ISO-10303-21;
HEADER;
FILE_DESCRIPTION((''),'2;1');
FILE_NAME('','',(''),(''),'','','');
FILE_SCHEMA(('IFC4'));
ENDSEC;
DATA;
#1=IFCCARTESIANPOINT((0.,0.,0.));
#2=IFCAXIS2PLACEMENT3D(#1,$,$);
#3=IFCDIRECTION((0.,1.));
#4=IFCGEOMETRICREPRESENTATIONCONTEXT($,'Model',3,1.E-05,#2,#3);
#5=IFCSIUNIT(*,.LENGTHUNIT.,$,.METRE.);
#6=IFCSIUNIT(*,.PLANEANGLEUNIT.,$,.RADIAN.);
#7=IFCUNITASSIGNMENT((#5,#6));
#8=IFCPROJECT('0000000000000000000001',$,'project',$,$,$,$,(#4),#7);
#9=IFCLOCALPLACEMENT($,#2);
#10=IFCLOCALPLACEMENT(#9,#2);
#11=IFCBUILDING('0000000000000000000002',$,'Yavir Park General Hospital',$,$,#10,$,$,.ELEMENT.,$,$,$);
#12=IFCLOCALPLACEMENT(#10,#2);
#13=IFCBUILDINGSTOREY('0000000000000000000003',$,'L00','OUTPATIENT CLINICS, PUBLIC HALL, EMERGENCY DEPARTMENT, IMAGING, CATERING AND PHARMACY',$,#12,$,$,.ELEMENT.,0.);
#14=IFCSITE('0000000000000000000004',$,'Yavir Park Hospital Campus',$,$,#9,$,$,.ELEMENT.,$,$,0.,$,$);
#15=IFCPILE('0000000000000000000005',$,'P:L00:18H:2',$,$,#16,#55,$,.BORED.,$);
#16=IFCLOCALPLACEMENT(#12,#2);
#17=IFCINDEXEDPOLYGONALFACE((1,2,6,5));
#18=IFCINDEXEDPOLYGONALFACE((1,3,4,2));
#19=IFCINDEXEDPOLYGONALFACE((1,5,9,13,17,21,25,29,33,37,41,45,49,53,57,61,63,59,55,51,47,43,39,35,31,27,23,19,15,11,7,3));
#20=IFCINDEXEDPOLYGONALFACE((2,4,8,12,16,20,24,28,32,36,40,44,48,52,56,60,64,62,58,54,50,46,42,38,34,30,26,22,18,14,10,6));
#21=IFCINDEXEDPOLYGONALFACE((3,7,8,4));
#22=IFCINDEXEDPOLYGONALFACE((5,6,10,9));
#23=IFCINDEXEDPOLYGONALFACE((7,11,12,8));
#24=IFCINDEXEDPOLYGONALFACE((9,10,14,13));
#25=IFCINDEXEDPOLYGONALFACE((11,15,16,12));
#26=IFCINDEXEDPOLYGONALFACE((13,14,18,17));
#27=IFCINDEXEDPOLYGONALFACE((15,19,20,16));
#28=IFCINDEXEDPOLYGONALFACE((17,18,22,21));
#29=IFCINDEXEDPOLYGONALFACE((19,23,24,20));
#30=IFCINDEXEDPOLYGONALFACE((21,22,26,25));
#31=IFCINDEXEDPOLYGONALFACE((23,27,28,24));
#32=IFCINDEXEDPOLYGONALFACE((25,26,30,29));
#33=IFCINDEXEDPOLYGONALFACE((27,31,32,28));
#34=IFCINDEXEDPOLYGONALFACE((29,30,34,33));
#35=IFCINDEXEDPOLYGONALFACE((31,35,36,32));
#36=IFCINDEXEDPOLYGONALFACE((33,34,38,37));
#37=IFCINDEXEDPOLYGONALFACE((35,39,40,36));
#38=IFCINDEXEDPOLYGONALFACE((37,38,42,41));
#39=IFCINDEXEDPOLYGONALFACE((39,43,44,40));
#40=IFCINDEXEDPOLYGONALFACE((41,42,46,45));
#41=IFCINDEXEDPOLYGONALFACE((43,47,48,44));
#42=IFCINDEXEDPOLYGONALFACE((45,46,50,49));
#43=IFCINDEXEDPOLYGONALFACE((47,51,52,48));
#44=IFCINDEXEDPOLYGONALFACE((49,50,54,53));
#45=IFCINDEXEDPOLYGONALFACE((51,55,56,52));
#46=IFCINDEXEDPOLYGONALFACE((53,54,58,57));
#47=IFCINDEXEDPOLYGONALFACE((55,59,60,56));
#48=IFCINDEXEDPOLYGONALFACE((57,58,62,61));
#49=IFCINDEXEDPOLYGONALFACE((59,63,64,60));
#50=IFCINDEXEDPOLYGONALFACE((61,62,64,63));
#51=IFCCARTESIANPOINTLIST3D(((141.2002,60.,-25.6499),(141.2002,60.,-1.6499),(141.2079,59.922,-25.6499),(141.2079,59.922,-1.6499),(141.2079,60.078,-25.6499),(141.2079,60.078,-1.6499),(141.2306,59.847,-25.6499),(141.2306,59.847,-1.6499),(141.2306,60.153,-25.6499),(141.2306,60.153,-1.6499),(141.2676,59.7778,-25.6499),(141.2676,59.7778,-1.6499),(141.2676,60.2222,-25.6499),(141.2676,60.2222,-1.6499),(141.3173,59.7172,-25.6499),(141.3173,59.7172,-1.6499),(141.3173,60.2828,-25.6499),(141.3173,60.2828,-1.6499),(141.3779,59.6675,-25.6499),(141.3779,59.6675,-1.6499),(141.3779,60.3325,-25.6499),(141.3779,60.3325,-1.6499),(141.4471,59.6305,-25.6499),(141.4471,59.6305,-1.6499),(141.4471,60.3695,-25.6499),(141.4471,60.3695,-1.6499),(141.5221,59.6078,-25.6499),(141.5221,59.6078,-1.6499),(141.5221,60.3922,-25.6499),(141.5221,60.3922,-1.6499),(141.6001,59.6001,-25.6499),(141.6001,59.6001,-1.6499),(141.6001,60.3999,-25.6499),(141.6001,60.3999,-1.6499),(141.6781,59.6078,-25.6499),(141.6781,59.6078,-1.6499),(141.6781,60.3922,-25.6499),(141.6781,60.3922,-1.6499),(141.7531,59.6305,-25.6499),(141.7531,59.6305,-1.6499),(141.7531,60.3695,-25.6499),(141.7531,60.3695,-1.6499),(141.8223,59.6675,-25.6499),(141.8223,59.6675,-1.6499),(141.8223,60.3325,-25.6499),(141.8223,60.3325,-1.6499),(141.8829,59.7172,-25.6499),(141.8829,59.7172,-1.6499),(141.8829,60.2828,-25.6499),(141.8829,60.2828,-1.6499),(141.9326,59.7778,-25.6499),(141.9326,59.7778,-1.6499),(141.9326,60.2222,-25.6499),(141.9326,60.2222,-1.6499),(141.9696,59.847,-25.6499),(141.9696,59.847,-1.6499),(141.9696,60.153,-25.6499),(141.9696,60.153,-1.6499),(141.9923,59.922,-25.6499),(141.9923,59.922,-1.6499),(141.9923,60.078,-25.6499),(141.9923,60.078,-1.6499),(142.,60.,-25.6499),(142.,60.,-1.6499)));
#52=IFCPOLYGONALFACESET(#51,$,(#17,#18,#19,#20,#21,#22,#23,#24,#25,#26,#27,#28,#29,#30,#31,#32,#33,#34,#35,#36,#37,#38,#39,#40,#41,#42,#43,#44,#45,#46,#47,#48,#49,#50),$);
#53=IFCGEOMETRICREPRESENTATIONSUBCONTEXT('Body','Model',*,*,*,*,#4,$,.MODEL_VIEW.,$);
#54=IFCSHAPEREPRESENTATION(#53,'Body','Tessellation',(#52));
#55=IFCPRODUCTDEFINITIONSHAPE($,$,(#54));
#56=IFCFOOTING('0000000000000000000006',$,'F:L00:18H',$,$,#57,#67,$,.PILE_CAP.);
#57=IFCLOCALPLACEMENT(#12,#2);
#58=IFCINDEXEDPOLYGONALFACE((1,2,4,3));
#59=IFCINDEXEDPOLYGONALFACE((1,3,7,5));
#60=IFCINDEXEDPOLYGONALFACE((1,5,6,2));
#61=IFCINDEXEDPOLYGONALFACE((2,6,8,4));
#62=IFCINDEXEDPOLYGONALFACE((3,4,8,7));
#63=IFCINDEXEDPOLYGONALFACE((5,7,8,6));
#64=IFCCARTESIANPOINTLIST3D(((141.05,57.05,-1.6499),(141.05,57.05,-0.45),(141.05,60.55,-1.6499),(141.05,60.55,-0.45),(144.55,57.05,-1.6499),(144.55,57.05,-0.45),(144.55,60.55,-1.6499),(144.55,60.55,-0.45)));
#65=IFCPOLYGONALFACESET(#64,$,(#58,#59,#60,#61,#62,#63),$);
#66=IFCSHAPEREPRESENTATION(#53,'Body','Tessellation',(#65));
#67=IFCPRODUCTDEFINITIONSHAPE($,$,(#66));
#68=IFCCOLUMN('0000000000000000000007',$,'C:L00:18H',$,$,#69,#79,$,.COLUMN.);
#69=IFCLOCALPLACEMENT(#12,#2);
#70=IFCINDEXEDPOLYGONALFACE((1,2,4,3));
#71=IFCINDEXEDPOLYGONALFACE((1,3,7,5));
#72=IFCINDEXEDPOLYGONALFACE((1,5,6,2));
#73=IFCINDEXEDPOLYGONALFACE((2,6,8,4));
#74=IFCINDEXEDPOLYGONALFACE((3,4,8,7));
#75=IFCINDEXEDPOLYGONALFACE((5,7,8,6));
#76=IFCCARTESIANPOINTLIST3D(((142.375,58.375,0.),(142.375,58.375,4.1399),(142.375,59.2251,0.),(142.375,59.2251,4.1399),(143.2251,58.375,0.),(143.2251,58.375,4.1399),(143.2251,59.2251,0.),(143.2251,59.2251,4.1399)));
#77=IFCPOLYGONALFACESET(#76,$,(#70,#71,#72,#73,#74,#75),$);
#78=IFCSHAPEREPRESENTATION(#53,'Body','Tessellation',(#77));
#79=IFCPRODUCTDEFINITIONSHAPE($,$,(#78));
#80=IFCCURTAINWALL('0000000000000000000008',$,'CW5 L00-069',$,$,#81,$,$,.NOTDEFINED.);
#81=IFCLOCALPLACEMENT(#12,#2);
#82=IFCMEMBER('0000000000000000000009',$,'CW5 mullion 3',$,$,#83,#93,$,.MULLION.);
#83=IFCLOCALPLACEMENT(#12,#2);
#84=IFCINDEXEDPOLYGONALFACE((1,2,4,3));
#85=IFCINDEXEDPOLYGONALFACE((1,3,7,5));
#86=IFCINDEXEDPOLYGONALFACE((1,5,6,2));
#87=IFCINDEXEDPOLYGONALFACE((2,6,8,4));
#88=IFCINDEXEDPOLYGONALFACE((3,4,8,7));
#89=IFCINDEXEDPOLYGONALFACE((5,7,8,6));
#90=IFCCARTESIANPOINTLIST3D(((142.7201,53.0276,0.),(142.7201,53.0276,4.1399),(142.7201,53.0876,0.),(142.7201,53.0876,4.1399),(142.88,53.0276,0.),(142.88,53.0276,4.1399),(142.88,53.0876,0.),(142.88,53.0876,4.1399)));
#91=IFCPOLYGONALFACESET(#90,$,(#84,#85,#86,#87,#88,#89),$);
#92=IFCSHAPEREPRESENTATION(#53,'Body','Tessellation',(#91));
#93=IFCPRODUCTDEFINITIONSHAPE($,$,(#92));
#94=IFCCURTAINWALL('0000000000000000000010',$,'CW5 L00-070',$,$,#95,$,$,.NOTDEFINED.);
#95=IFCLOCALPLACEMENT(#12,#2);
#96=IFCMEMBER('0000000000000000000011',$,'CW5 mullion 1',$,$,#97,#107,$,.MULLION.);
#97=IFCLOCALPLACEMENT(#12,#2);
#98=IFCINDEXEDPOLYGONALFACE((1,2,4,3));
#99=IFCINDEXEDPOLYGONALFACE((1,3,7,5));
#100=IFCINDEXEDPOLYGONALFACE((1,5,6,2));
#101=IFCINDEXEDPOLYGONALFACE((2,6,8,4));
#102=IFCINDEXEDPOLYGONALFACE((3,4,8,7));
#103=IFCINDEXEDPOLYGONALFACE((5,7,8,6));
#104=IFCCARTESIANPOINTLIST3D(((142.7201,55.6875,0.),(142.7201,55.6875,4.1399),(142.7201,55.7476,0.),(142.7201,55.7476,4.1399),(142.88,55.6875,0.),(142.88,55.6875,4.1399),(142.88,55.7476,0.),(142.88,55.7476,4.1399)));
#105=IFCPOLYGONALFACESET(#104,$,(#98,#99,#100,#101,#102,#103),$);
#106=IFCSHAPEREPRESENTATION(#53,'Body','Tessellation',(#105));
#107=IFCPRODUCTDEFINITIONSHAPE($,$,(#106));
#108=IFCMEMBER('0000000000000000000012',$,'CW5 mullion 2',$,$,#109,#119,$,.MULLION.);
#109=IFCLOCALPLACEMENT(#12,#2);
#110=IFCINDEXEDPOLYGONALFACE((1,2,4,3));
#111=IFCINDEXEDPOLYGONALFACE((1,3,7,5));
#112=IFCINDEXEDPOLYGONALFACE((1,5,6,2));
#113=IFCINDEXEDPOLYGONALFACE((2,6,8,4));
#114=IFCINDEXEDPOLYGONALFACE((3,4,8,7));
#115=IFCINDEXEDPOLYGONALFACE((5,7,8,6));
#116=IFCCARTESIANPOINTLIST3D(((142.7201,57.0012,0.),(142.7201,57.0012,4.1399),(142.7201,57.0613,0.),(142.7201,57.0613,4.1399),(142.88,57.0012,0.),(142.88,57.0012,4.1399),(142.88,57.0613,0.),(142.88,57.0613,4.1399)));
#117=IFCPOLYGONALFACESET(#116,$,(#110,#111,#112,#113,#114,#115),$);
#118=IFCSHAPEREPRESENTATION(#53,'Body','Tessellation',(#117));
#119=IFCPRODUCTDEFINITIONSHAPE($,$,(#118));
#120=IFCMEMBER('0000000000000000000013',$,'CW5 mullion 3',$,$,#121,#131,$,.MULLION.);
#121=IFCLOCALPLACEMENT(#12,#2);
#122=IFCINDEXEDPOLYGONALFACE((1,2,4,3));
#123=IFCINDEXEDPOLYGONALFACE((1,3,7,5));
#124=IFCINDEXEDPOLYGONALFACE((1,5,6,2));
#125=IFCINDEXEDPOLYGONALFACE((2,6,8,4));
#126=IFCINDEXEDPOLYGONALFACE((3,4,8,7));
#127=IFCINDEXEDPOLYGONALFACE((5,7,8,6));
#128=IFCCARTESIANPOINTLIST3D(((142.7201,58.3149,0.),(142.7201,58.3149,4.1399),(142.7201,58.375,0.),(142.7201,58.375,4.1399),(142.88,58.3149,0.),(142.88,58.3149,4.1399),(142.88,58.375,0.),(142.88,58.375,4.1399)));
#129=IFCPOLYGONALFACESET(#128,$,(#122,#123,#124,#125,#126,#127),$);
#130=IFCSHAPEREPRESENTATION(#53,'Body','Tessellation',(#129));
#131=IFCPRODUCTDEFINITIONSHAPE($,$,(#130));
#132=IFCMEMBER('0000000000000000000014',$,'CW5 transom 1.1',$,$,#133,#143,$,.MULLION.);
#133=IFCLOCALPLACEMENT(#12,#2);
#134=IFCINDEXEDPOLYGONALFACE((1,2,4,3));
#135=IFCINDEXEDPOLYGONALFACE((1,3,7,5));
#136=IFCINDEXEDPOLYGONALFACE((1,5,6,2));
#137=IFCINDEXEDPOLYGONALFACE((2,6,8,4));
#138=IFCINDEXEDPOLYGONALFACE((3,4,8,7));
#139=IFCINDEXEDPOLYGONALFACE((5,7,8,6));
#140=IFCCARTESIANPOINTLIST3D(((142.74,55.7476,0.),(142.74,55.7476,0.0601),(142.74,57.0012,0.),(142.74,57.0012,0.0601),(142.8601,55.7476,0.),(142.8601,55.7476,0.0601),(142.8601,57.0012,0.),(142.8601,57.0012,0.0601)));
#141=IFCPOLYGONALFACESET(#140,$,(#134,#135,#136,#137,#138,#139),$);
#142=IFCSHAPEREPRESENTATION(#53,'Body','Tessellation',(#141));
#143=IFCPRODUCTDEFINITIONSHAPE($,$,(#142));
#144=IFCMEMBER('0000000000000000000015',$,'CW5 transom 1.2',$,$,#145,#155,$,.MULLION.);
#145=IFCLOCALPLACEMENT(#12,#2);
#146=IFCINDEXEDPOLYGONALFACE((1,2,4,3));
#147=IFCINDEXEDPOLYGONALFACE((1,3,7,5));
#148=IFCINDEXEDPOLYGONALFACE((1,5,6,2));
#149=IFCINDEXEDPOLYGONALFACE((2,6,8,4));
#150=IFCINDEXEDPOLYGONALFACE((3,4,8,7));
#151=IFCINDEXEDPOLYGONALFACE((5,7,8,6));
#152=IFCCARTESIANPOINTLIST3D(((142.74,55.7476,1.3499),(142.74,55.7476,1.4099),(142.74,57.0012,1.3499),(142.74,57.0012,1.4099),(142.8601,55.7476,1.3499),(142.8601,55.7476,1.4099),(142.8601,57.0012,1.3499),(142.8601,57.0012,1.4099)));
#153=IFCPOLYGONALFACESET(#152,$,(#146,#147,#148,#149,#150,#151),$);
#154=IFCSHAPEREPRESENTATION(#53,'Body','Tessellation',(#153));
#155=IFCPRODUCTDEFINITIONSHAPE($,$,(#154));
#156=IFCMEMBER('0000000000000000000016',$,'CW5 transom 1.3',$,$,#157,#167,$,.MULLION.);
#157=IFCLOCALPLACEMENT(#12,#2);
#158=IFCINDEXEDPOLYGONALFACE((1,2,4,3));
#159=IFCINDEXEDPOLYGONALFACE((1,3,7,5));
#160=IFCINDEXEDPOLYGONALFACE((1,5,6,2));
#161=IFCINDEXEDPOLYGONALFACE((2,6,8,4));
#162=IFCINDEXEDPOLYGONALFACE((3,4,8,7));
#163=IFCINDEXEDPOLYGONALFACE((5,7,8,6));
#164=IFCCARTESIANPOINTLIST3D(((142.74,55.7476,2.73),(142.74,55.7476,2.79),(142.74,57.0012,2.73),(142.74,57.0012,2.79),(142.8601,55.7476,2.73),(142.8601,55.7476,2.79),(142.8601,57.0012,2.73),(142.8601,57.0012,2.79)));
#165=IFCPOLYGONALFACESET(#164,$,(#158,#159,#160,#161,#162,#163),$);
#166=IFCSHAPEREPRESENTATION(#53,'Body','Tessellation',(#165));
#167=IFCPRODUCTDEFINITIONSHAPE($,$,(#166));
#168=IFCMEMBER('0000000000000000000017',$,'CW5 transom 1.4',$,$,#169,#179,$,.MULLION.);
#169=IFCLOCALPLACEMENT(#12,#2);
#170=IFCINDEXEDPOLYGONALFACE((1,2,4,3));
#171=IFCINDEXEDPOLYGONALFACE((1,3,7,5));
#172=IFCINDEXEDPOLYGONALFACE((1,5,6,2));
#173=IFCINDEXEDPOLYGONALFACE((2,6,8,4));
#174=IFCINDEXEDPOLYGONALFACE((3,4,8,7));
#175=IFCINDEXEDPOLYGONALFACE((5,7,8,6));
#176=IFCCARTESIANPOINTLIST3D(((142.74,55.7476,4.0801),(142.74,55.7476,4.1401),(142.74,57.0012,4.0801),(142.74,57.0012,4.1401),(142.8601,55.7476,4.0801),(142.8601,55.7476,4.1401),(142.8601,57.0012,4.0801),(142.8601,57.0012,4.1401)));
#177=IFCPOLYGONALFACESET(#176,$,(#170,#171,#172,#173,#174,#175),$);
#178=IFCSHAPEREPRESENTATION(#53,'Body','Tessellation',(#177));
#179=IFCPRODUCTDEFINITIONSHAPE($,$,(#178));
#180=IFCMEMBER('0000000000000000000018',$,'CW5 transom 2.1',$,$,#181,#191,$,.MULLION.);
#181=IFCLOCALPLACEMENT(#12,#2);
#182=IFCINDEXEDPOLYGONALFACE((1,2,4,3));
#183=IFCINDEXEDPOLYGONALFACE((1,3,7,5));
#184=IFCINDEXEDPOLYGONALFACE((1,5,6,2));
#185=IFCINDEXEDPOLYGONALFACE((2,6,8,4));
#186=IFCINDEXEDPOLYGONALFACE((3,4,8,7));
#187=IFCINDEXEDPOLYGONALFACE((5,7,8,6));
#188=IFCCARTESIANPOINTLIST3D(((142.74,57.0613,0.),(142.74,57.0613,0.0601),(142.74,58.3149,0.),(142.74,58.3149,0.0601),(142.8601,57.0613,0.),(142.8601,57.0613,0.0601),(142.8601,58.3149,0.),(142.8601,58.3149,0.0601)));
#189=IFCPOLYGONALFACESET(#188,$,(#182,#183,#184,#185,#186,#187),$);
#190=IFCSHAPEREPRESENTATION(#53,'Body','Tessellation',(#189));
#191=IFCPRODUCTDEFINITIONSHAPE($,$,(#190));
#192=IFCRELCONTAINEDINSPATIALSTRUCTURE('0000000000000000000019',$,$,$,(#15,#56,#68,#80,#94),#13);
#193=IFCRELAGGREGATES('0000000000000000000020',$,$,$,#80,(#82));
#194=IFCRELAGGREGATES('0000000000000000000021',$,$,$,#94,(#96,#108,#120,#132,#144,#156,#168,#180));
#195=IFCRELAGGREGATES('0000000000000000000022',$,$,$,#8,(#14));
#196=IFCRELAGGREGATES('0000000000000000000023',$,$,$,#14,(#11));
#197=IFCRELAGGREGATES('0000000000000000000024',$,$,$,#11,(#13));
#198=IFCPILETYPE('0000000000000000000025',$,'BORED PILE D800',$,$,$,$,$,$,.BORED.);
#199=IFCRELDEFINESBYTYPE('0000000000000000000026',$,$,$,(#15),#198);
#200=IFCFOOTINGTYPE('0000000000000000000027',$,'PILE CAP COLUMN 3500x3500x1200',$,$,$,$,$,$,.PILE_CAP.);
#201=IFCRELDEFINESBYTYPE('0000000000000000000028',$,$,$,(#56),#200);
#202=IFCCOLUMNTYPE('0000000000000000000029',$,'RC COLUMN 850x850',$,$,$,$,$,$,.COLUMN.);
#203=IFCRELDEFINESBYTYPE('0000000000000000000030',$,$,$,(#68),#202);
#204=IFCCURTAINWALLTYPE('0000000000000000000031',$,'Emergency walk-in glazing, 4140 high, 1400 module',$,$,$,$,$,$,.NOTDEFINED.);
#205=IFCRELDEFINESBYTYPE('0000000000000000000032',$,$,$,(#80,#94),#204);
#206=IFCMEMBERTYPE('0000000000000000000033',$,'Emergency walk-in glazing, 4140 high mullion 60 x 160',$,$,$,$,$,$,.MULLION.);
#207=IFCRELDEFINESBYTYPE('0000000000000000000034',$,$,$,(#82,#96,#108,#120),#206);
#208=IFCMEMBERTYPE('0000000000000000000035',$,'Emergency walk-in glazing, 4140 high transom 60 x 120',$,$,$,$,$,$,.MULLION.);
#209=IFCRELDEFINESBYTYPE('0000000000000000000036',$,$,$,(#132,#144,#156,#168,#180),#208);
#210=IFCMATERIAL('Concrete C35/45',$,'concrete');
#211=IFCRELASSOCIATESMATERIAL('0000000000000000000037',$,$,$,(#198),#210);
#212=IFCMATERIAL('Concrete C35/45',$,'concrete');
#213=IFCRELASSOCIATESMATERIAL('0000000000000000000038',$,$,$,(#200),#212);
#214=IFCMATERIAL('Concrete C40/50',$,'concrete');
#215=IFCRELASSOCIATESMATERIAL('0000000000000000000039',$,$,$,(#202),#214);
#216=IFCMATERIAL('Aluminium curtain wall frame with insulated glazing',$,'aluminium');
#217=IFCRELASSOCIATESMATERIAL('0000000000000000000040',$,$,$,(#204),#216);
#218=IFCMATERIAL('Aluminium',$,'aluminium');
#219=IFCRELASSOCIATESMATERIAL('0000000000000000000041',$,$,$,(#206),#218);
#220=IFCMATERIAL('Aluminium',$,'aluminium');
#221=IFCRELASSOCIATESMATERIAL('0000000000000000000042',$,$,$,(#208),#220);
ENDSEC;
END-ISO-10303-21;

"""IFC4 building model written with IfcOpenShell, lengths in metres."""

from ifc_helpers import new_model, si_unit, direction, frame, origin, origin_2d, place, context, subcontext, project, spatial, rectangle, circle, extrude, material, material_profile, profile_set, type_object, element, aggregate, save


model = new_model("IFC4")

# Units and contexts
model_context = context("Model", 3, precision=1e-05, world=origin(), true_north=direction((0.0, 1.0)))
body_context = subcontext(model_context, "Body", "Model", "MODEL_VIEW")
ifc_project = project(units=[si_unit("LENGTHUNIT", "METRE"), si_unit("PLANEANGLEUNIT", "RADIAN")], contexts=[model_context])

# Site, building, storey
site_placement = place(None, origin())
site = spatial("IfcSite", under=ifc_project, at=site_placement, Name="Yavir Park Hospital Campus", CompositionType="ELEMENT", RefElevation=0.0)
building_placement = place(site_placement, origin())
building = spatial("IfcBuilding", under=site, at=building_placement, Name="Yavir Park General Hospital", CompositionType="ELEMENT")
storey_placement = place(building_placement, origin())
storey = spatial("IfcBuildingStorey", under=building, at=storey_placement, Name="L00", Description="OUTPATIENT CLINICS, PUBLIC HALL, EMERGENCY DEPARTMENT, IMAGING, CATERING AND PHARMACY", CompositionType="ELEMENT", Elevation=0.0)

# Pile
ifc_material_1 = material(Name="Concrete C35/45", Category="concrete")
ifc_material_profile_1 = material_profile(ifc_material_1, circle(Radius=0.3999, at=origin_2d()), Name="D800")
ifc_profile_set_1 = profile_set([ifc_material_profile_1], Name="Concrete C35/45")
pile_type = type_object("IfcPileType", Name="BORED PILE D800", PredefinedType="BORED", material=ifc_profile_set_1)
pile_placement = place(storey_placement, frame((141.6001, 60.0, -1.6499), z_axis=(0.0, 0.0, -1.0), x_axis=(1.0, 0.0, 0.0)))
element("IfcPile", 1, at=pile_placement, inside=storey, type_object=pile_type, Name="P:L00:18H:2", PredefinedType="BORED", context=body_context, shape_type="SweptSolid", body=[
    extrude(circle(Radius=0.3999, at=origin_2d()), origin(), (0.0, 0.0, 1.0), 24.0),
])

# Footing
ifc_material_2 = material(Name="Concrete C35/45", Category="concrete")
footing_type = type_object("IfcFootingType", Name="PILE CAP COLUMN 3500x3500x1200", PredefinedType="PILE_CAP", material=ifc_material_2)
footing_placement = place(storey_placement, frame((142.8, 58.8, -1.6499), z_axis=(0.0, 0.0, 1.0), x_axis=(1.0, 0.0, 0.0)))
element("IfcFooting", 2, at=footing_placement, inside=storey, type_object=footing_type, Name="F:L00:18H", PredefinedType="PILE_CAP", context=body_context, shape_type="SweptSolid", body=[
    extrude(rectangle(XDim=3.5, YDim=3.5, at=origin_2d()), origin(), (0.0, 0.0, 1.0), 1.2),
])

# Column
ifc_material_3 = material(Name="Concrete C40/50", Category="concrete")
ifc_material_profile_2 = material_profile(ifc_material_3, rectangle(XDim=0.8501, YDim=0.8501, at=origin_2d()), Name="RC850x850")
ifc_profile_set_2 = profile_set([ifc_material_profile_2], Name="Concrete C40/50")
column_type = type_object("IfcColumnType", Name="RC COLUMN 850x850", PredefinedType="COLUMN", material=ifc_profile_set_2)
column_placement = place(storey_placement, frame((142.8, 58.8, 0.0), z_axis=(0.0, 0.0, 1.0), x_axis=(1.0, 0.0, 0.0)))
element("IfcColumn", 3, at=column_placement, inside=storey, type_object=column_type, Name="C:L00:18H", PredefinedType="COLUMN", context=body_context, shape_type="SweptSolid", body=[
    extrude(rectangle(XDim=0.8501, YDim=0.8501, at=origin_2d()), origin(), (0.0, 0.0, 1.0), 4.1399),
])

# Curtain wall, member
ifc_material_4 = material(Name="Aluminium curtain wall frame with insulated glazing", Category="aluminium")
curtain_wall_type_1 = type_object("IfcCurtainWallType", Name="Emergency walk-in glazing, 4140 high, 1400 module", PredefinedType="NOTDEFINED", material=ifc_material_4)
curtain_wall_1_placement = place(storey_placement, origin())
curtain_wall_1 = element("IfcCurtainWall", 4, at=curtain_wall_1_placement, inside=storey, type_object=curtain_wall_type_1, Name="CW5 L00-069", PredefinedType="NOTDEFINED")
ifc_material_5 = material(Name="Aluminium", Category="aluminium")
ifc_material_profile_3 = material_profile(ifc_material_5, rectangle(XDim=0.1599, YDim=0.0601, at=origin_2d()), Name="AL 60x160")
ifc_profile_set_3 = profile_set([ifc_material_profile_3], Name="Aluminium")
member_type_1 = type_object("IfcMemberType", Name="Emergency walk-in glazing, 4140 high mullion 60 x 160", PredefinedType="MULLION", material=ifc_profile_set_3)
member_1_placement = place(storey_placement, frame((142.8, 53.0576, 0.0), z_axis=(0.0, 0.0, 1.0), x_axis=(-1.0, 0.0, 0.0)))
member_1 = element("IfcMember", 5, at=member_1_placement, type_object=member_type_1, Name="CW5 mullion 3", PredefinedType="MULLION", context=body_context, shape_type="SweptSolid", body=[
    extrude(rectangle(XDim=0.1599, YDim=0.0601, at=origin_2d()), origin(), (0.0, 0.0, 1.0), 4.1399),
])
aggregate(curtain_wall_1, [member_1])

# Curtain wall, members
curtain_wall_2_placement = place(storey_placement, origin())
curtain_wall_2 = element("IfcCurtainWall", 6, at=curtain_wall_2_placement, inside=storey, type_object=curtain_wall_type_1, Name="CW5 L00-070", PredefinedType="NOTDEFINED")
member_2_placement = place(storey_placement, frame((142.8, 55.7175, 0.0), z_axis=(0.0, 0.0, 1.0), x_axis=(-1.0, 0.0, 0.0)))
member_2 = element("IfcMember", 7, at=member_2_placement, type_object=member_type_1, Name="CW5 mullion 1", PredefinedType="MULLION", context=body_context, shape_type="SweptSolid", body=[
    extrude(rectangle(XDim=0.1599, YDim=0.0601, at=origin_2d()), origin(), (0.0, 0.0, 1.0), 4.1399),
])
member_3_placement = place(storey_placement, frame((142.8, 57.0312, 0.0), z_axis=(0.0, 0.0, 1.0), x_axis=(-1.0, 0.0, 0.0)))
member_3 = element("IfcMember", 8, at=member_3_placement, type_object=member_type_1, Name="CW5 mullion 2", PredefinedType="MULLION", context=body_context, shape_type="SweptSolid", body=[
    extrude(rectangle(XDim=0.1599, YDim=0.0601, at=origin_2d()), origin(), (0.0, 0.0, 1.0), 4.1399),
])
member_4_placement = place(storey_placement, frame((142.8, 58.345, 0.0), z_axis=(0.0, 0.0, 1.0), x_axis=(-1.0, 0.0, 0.0)))
member_4 = element("IfcMember", 9, at=member_4_placement, type_object=member_type_1, Name="CW5 mullion 3", PredefinedType="MULLION", context=body_context, shape_type="SweptSolid", body=[
    extrude(rectangle(XDim=0.1599, YDim=0.0601, at=origin_2d()), origin(), (0.0, 0.0, 1.0), 4.1399),
])
ifc_material_6 = material(Name="Aluminium", Category="aluminium")
ifc_material_profile_4 = material_profile(ifc_material_6, rectangle(XDim=0.1201, YDim=0.0601, at=origin_2d()), Name="AL 120x60")
ifc_profile_set_4 = profile_set([ifc_material_profile_4], Name="Aluminium")
member_type_2 = type_object("IfcMemberType", Name="Emergency walk-in glazing, 4140 high transom 60 x 120", PredefinedType="MULLION", material=ifc_profile_set_4)
member_5_placement = place(storey_placement, frame((142.8, 55.7476, 0.03), z_axis=(0.0, 1.0, 0.0), x_axis=(-1.0, 0.0, 0.0)))
member_5 = element("IfcMember", 10, at=member_5_placement, type_object=member_type_2, Name="CW5 transom 1.1", PredefinedType="MULLION", context=body_context, shape_type="SweptSolid", body=[
    extrude(rectangle(XDim=0.1201, YDim=0.0601, at=origin_2d()), origin(), (0.0, 0.0, 1.0), 1.2537),
])
member_6_placement = place(storey_placement, frame((142.8, 55.7476, 1.3799), z_axis=(0.0, 1.0, 0.0), x_axis=(-1.0, 0.0, 0.0)))
member_6 = element("IfcMember", 11, at=member_6_placement, type_object=member_type_2, Name="CW5 transom 1.2", PredefinedType="MULLION", context=body_context, shape_type="SweptSolid", body=[
    extrude(rectangle(XDim=0.1201, YDim=0.0601, at=origin_2d()), origin(), (0.0, 0.0, 1.0), 1.2537),
])
member_7_placement = place(storey_placement, frame((142.8, 55.7476, 2.76), z_axis=(0.0, 1.0, 0.0), x_axis=(-1.0, 0.0, 0.0)))
member_7 = element("IfcMember", 12, at=member_7_placement, type_object=member_type_2, Name="CW5 transom 1.3", PredefinedType="MULLION", context=body_context, shape_type="SweptSolid", body=[
    extrude(rectangle(XDim=0.1201, YDim=0.0601, at=origin_2d()), origin(), (0.0, 0.0, 1.0), 1.2537),
])
member_8_placement = place(storey_placement, frame((142.8, 55.7476, 4.1101), z_axis=(0.0, 1.0, 0.0), x_axis=(-1.0, 0.0, 0.0)))
member_8 = element("IfcMember", 13, at=member_8_placement, type_object=member_type_2, Name="CW5 transom 1.4", PredefinedType="MULLION", context=body_context, shape_type="SweptSolid", body=[
    extrude(rectangle(XDim=0.1201, YDim=0.0601, at=origin_2d()), origin(), (0.0, 0.0, 1.0), 1.2537),
])
member_9_placement = place(storey_placement, frame((142.8, 57.0613, 0.03), z_axis=(0.0, 1.0, 0.0), x_axis=(-1.0, 0.0, 0.0)))
member_9 = element("IfcMember", 14, at=member_9_placement, type_object=member_type_2, Name="CW5 transom 2.1", PredefinedType="MULLION", context=body_context, shape_type="SweptSolid", body=[
    extrude(rectangle(XDim=0.1201, YDim=0.0601, at=origin_2d()), origin(), (0.0, 0.0, 1.0), 1.2537),
])

aggregate(curtain_wall_2, [member_2, member_3, member_4, member_5, member_6, member_7, member_8, member_9])

save(model, "model.ifc")
